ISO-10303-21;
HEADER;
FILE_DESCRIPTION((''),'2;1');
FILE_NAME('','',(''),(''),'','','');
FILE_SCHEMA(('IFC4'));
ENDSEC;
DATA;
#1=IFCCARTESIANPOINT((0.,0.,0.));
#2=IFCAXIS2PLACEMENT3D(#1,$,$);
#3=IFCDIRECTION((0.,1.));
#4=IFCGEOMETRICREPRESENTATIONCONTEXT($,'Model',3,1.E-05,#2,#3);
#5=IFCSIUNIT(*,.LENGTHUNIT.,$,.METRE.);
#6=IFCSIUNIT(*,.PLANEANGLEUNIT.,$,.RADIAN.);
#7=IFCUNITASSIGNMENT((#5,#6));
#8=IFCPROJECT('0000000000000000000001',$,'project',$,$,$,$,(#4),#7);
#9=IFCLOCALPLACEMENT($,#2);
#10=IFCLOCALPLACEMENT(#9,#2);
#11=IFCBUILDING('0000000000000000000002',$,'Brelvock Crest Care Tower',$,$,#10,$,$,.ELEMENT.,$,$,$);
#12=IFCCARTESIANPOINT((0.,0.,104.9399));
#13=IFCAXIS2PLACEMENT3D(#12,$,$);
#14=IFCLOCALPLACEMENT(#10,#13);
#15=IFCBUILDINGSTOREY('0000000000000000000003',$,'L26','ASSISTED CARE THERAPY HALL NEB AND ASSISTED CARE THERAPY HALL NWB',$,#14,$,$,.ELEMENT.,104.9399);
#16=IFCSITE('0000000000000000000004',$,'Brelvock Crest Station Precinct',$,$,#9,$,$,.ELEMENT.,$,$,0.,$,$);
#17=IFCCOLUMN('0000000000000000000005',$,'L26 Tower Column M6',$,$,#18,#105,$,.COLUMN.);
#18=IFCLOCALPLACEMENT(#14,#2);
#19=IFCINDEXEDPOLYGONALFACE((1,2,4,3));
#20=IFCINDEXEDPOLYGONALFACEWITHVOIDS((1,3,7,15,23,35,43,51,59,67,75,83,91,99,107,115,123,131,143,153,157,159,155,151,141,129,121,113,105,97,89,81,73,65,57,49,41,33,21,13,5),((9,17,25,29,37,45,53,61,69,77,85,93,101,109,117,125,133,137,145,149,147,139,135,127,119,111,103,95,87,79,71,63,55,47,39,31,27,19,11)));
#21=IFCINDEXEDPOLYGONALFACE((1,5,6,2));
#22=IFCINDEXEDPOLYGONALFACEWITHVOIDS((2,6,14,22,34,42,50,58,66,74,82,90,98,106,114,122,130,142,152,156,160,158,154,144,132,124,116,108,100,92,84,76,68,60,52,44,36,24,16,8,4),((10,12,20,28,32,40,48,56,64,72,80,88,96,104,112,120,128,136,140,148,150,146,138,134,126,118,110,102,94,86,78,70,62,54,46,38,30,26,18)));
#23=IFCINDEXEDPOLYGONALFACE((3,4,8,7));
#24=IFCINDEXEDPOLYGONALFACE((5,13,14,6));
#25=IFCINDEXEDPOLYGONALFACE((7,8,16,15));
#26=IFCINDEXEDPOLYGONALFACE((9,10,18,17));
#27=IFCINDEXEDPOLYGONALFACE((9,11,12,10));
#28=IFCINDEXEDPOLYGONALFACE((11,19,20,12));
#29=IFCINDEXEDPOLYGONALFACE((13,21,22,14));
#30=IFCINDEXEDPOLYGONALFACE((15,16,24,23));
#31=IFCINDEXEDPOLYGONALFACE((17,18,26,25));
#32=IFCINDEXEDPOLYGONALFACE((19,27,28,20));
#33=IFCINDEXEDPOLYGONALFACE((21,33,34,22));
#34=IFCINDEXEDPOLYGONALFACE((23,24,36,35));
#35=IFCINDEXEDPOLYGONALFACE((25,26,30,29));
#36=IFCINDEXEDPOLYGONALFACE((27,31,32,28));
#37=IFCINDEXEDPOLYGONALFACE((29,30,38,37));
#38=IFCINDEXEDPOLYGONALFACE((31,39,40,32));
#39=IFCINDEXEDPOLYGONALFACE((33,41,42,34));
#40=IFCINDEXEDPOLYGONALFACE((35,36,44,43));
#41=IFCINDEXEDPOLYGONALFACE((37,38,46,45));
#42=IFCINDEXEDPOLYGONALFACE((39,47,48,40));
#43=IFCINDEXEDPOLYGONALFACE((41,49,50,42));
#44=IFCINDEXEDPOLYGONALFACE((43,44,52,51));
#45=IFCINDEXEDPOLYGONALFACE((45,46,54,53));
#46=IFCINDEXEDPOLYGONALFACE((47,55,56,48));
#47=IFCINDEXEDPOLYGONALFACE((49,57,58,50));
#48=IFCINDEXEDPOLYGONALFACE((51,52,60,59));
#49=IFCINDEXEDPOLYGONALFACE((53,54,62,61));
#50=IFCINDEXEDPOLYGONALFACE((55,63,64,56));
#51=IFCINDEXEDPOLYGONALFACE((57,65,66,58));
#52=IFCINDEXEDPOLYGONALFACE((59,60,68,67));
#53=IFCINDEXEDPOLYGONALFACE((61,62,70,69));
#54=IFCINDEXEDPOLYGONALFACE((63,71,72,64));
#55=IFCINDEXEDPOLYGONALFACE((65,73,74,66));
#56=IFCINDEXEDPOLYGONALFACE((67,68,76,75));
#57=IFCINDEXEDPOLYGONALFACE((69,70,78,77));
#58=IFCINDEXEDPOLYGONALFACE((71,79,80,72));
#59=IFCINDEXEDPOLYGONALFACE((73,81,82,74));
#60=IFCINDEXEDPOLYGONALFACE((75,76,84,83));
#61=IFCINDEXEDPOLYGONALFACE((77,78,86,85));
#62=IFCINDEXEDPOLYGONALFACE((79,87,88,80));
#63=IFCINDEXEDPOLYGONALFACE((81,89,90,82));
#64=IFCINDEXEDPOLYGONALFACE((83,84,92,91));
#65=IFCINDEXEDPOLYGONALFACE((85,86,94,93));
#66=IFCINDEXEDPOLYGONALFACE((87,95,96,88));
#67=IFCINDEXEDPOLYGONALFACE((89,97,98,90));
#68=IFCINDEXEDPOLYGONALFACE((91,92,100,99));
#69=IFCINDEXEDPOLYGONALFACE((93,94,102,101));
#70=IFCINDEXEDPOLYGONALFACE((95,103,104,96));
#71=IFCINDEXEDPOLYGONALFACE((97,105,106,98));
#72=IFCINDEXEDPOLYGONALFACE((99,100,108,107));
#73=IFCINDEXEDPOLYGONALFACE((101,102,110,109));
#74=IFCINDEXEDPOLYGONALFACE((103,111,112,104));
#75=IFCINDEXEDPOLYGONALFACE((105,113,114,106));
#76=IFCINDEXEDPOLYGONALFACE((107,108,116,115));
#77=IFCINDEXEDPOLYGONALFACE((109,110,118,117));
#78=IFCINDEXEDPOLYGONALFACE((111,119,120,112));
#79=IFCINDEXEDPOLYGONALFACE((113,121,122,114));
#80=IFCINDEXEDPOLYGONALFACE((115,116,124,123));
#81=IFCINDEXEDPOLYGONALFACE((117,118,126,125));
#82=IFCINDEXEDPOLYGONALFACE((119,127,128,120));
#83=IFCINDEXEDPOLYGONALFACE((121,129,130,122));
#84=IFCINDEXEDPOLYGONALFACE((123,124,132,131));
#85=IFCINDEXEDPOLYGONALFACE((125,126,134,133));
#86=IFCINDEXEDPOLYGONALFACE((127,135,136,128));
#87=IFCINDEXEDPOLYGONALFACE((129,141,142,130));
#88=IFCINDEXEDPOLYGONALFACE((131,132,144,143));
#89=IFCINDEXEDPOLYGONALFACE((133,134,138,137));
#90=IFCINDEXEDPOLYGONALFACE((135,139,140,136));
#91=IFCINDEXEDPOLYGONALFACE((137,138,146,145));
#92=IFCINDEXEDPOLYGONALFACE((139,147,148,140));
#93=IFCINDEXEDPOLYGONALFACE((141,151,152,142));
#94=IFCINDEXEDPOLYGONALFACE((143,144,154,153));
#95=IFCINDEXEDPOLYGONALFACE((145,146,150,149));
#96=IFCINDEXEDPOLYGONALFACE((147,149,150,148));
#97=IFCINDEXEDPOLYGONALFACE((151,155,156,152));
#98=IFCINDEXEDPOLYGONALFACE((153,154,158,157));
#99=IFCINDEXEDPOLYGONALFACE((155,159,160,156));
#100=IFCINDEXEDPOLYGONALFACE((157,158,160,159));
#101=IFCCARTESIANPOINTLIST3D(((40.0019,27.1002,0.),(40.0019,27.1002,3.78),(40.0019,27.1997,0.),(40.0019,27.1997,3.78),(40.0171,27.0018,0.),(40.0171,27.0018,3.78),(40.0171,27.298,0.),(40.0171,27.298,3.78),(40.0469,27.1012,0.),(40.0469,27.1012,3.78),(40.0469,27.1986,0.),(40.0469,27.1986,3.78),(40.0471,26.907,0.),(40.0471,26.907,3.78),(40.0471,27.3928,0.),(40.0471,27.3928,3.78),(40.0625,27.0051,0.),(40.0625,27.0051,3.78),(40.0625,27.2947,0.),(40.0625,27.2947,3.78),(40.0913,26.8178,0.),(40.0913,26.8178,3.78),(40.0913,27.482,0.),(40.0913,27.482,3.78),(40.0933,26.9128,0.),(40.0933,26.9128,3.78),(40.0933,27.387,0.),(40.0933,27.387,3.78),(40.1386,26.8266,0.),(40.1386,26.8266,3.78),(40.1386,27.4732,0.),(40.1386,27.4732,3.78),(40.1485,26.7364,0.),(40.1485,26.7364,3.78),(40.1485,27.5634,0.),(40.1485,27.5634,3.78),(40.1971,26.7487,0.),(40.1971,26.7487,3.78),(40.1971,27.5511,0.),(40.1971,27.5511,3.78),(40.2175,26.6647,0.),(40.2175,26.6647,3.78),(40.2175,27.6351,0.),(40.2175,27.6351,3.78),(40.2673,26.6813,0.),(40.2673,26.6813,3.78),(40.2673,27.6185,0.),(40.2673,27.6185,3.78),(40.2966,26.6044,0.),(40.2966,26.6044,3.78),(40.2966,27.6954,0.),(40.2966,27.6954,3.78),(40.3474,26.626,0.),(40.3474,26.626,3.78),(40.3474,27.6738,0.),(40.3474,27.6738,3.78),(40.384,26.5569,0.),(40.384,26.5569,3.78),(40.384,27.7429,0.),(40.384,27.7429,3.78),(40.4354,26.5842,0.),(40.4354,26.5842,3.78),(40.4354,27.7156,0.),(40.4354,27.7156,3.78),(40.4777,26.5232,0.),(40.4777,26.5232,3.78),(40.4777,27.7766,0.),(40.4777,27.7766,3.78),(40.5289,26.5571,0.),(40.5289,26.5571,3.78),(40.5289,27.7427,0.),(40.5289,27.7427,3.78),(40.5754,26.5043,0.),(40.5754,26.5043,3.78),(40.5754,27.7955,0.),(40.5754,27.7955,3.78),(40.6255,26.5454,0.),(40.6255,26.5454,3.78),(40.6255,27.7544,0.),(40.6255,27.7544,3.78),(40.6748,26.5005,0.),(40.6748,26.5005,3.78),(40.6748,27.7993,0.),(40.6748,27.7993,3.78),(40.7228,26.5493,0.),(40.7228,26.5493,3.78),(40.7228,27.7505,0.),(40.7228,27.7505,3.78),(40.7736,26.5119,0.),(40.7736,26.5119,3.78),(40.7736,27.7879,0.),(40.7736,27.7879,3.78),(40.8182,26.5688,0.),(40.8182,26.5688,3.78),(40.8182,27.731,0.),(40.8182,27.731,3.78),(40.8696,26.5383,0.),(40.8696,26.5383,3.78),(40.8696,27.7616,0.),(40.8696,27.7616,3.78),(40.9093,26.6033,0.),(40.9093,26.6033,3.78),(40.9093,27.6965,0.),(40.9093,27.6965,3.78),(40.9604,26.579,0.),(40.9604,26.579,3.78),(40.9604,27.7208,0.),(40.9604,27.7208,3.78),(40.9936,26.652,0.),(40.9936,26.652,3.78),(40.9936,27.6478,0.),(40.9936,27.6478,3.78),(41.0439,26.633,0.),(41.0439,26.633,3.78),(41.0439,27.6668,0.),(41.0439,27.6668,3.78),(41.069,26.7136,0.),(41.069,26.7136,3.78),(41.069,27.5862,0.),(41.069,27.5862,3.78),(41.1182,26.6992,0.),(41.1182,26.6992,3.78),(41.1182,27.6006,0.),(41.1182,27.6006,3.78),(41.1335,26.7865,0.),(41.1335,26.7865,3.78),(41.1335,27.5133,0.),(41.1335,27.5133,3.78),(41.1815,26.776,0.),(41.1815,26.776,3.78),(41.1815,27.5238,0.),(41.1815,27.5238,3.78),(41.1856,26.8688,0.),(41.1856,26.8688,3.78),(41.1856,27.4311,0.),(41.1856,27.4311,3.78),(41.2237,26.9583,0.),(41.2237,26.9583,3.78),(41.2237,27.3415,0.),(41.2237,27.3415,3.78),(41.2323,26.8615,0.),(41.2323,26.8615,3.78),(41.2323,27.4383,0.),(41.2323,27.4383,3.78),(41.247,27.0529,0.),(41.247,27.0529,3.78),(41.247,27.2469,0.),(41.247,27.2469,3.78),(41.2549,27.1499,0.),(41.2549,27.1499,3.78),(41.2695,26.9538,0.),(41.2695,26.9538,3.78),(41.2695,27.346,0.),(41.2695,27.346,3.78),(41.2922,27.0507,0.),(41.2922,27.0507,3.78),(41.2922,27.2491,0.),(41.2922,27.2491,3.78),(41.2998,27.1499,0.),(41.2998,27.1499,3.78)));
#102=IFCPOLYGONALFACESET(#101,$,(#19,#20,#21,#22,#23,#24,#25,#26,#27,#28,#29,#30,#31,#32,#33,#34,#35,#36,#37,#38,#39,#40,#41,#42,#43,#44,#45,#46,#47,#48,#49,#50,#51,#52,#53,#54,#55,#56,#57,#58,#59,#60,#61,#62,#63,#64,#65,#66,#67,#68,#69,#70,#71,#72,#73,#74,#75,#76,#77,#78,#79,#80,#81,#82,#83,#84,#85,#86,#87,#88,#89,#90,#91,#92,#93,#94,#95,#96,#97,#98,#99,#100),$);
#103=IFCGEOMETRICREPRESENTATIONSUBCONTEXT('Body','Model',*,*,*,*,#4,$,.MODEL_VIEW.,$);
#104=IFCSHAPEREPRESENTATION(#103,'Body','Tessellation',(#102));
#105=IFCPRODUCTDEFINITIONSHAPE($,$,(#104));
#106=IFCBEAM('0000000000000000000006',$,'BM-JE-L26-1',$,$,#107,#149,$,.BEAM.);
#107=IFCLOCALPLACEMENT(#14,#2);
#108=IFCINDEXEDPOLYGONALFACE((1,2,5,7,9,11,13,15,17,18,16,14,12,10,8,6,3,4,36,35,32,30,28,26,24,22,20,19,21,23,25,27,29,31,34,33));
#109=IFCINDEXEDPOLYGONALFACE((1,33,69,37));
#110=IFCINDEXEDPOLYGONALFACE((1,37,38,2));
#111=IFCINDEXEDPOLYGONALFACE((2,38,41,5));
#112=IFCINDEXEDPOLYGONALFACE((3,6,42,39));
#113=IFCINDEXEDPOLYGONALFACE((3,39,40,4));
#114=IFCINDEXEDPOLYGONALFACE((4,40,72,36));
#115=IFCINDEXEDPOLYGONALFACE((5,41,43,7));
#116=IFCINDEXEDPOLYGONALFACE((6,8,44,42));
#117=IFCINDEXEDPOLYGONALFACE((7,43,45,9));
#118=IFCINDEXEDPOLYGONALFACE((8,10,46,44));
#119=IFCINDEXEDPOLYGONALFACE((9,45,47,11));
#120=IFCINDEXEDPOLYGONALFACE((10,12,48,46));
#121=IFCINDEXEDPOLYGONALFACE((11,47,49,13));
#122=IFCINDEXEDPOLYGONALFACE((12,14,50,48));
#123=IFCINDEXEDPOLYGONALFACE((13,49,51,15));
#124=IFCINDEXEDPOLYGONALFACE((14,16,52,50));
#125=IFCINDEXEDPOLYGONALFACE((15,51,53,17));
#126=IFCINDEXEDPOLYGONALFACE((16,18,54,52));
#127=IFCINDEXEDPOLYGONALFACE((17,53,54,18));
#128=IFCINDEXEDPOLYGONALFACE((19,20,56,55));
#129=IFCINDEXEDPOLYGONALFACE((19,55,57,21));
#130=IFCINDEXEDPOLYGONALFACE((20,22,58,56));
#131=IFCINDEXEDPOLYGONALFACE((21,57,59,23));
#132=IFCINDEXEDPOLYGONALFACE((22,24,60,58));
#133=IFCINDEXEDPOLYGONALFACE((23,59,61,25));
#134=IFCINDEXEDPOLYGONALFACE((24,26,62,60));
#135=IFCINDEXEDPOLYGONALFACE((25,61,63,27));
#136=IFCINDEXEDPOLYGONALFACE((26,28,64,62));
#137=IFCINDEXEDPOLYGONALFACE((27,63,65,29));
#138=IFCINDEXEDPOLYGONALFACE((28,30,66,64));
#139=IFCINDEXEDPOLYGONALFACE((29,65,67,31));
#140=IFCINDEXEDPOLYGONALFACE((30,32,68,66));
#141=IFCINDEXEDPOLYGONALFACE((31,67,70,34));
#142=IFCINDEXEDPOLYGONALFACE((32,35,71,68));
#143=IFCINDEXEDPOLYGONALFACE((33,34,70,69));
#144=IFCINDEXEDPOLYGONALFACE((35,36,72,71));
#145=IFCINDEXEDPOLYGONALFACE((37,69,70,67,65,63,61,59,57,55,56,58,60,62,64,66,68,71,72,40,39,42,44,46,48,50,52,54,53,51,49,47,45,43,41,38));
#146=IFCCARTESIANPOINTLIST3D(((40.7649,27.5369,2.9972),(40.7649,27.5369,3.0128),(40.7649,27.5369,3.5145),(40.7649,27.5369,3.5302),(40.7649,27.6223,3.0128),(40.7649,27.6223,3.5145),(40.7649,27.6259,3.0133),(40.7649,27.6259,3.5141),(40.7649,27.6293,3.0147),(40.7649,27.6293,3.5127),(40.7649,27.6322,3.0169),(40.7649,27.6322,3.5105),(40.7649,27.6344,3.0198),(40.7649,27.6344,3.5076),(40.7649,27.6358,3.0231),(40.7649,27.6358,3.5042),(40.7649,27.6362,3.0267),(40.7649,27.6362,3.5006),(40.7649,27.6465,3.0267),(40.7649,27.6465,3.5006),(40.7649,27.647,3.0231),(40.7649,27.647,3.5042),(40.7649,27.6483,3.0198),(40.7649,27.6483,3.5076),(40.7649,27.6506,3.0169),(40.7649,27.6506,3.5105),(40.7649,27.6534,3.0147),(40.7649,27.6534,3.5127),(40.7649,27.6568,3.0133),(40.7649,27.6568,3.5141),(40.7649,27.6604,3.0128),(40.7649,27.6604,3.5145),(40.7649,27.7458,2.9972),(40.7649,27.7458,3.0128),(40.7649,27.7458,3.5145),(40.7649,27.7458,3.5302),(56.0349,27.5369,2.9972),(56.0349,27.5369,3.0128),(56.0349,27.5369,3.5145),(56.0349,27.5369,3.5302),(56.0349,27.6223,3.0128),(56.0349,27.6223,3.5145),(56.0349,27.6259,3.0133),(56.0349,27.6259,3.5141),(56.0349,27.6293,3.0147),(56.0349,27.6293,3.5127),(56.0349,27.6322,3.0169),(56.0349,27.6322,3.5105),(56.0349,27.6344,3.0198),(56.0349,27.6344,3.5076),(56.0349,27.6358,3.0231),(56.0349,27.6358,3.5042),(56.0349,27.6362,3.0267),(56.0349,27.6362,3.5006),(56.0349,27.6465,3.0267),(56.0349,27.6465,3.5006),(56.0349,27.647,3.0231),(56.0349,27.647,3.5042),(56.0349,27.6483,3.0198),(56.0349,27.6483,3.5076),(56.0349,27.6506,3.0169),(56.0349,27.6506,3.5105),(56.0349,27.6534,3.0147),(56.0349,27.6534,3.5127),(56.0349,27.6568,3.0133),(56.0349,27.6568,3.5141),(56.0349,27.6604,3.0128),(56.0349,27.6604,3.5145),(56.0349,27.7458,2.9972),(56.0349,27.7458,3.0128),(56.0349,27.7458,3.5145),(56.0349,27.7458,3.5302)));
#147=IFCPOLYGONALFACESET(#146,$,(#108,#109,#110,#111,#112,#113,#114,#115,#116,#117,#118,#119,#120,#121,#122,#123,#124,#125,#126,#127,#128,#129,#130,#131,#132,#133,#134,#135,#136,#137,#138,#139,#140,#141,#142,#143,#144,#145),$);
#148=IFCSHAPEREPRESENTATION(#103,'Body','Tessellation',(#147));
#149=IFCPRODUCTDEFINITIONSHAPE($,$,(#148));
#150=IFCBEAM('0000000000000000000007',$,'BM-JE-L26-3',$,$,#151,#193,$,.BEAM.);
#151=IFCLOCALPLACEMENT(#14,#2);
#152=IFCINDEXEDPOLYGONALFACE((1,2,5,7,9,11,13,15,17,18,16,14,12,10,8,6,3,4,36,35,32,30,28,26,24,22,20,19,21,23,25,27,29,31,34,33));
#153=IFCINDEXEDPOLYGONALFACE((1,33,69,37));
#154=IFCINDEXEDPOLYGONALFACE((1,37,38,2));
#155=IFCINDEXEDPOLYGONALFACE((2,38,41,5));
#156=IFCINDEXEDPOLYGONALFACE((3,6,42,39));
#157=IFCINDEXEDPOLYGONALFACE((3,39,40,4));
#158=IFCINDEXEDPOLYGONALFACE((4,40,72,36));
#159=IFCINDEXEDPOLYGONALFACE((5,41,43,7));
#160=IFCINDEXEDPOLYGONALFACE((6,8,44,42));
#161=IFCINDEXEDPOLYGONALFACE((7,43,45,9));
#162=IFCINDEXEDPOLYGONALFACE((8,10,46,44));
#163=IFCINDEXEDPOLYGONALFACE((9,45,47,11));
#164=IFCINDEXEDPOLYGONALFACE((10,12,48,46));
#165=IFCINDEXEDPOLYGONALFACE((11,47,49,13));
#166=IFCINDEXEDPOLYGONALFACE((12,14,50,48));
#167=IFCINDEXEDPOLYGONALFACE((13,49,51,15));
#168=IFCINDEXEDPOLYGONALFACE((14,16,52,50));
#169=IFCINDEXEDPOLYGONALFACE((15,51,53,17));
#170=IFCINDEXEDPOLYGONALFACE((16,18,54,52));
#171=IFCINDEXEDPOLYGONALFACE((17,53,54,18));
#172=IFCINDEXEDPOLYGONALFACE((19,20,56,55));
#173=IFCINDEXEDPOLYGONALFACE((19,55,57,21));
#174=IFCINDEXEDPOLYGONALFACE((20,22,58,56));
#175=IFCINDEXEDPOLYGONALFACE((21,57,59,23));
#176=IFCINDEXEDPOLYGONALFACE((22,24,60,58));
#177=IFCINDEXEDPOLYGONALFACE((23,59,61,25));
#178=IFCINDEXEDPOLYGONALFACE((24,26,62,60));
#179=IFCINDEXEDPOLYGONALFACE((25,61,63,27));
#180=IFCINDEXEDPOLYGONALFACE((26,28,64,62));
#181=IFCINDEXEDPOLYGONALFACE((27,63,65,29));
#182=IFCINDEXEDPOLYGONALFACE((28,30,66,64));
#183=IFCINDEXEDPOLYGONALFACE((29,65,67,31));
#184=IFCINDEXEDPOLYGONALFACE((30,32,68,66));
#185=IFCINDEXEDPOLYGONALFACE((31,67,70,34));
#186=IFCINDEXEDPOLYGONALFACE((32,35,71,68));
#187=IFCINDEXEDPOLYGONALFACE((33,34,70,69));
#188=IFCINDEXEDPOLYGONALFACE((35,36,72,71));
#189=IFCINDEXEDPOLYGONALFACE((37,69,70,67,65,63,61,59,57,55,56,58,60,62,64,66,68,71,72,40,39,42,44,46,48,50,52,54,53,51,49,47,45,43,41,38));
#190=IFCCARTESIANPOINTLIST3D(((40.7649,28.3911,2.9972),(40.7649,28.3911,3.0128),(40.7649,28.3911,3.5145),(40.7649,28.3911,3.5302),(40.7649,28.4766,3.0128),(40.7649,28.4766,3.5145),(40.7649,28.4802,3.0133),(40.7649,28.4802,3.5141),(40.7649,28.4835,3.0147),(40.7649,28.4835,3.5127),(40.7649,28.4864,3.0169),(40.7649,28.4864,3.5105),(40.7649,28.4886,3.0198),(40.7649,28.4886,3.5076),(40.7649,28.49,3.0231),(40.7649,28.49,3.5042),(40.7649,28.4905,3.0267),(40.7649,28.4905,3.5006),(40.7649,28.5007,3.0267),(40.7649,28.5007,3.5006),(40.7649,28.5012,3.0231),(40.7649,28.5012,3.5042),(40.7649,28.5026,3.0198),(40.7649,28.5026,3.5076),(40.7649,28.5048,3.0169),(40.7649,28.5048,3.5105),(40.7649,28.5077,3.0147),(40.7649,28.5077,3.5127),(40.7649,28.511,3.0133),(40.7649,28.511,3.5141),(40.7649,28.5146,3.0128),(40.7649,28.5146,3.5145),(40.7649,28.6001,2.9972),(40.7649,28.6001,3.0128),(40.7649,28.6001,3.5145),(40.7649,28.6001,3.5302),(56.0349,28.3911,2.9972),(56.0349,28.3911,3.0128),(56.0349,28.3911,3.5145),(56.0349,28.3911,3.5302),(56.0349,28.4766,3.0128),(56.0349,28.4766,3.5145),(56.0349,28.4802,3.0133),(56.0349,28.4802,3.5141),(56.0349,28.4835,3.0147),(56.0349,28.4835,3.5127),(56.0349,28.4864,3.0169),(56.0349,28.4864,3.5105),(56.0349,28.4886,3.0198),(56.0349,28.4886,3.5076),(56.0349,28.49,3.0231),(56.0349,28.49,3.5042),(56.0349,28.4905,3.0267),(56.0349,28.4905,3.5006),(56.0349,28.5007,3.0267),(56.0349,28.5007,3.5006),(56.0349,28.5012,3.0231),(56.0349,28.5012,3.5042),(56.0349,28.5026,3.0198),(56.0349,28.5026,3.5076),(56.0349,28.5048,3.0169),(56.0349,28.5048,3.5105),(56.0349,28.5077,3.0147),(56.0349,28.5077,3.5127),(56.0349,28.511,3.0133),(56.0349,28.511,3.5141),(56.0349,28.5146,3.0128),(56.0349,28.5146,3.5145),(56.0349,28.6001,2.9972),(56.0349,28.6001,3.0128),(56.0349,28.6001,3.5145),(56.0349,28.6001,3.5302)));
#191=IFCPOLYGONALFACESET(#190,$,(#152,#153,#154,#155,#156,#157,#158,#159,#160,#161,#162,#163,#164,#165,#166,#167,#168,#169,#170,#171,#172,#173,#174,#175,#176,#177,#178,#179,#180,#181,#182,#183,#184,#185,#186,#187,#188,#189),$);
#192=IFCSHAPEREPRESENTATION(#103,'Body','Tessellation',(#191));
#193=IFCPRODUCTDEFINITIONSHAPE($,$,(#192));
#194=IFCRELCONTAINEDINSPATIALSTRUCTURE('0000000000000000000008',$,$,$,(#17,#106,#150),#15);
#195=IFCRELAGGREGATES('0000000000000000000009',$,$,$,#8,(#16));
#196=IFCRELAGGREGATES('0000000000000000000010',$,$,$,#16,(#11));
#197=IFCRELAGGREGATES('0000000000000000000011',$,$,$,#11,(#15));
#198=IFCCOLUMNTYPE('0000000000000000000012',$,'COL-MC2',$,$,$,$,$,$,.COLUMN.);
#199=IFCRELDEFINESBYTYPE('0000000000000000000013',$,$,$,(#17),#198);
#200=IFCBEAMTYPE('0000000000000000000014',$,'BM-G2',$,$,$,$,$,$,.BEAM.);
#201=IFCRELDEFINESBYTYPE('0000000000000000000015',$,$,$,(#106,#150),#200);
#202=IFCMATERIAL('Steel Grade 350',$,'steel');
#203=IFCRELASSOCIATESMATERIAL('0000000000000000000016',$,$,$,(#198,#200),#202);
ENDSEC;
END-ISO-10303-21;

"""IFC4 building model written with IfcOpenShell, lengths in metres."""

from ifc_helpers import new_model, si_unit, direction, frame, origin, origin_2d, place, context, subcontext, project, spatial, hollow_circle, i_section, extrude, source, transform, mapped, material, material_profile, profile_set, type_object, element, save


model = new_model("IFC4")

# Units and contexts
model_context = context("Model", 3, precision=1e-05, world=origin(), true_north=direction((0.0, 1.0)))
body_context = subcontext(model_context, "Body", "Model", "MODEL_VIEW")
ifc_project = project(units=[si_unit("LENGTHUNIT", "METRE"), si_unit("PLANEANGLEUNIT", "RADIAN")], contexts=[model_context])

# Site, building, storey
site_placement = place(None, origin())
site = spatial("IfcSite", under=ifc_project, at=site_placement, Name="Brelvock Crest Station Precinct", CompositionType="ELEMENT", RefElevation=0.0)
building_placement = place(site_placement, origin())
building = spatial("IfcBuilding", under=site, at=building_placement, Name="Brelvock Crest Care Tower", CompositionType="ELEMENT")
storey_placement = place(building_placement, frame((0.0, 0.0, 104.9399)))
storey = spatial("IfcBuildingStorey", under=building, at=storey_placement, Name="L26", Description="ASSISTED CARE THERAPY HALL NEB AND ASSISTED CARE THERAPY HALL NWB", CompositionType="ELEMENT", Elevation=104.9399)

# Column
ifc_material_1 = material(Name="Steel Grade 350", Category="steel")
ifc_material_profile_1 = material_profile(ifc_material_1, hollow_circle(Radius=0.6499, WallThickness=0.0449, at=origin_2d()), Name="CFT1300x45")
ifc_profile_set_1 = profile_set([ifc_material_profile_1], Name="Steel Grade 350")
column_type = type_object("IfcColumnType", Name="COL-MC2", PredefinedType="COLUMN", material=ifc_profile_set_1)
shared_shape_1 = source(origin(), body_context, "Body", "SweptSolid", [
    extrude(hollow_circle(Radius=0.6499, WallThickness=0.0449, at=origin_2d()), origin(), (0.0, 0.0, 1.0), 3.78),
])
column_placement = place(storey_placement, frame((40.6499, 27.1499, 0.0), z_axis=(0.0, 0.0, 1.0), x_axis=(1.0, 0.0, 0.0)))
element("IfcColumn", 1, at=column_placement, inside=storey, type_object=column_type, Name="L26 Tower Column M6", PredefinedType="COLUMN", context=body_context, shape_type="MappedRepresentation", body=[
    mapped(shared_shape_1, transform((0.0, 0.0, 0.0), x_axis=(1.0, 0.0, 0.0), y_axis=(0.0, 1.0, 0.0), z_axis=(0.0, 0.0, 1.0), scale=1.0)),
])

# Beams
ifc_material_profile_2 = material_profile(ifc_material_1, i_section(OverallWidth=0.209, OverallDepth=0.533, WebThickness=0.0103, FlangeThickness=0.0156, FilletRadius=0.0139, at=origin_2d()), Name="530UB92.4")
ifc_profile_set_2 = profile_set([ifc_material_profile_2], Name="Steel Grade 350")
beam_type_1 = type_object("IfcBeamType", Name="BM-G2", PredefinedType="BEAM", material=ifc_profile_set_2)
shared_shape_2 = source(origin(), body_context, "Body", "SweptSolid", [
    extrude(i_section(OverallWidth=0.209, OverallDepth=0.533, WebThickness=0.0103, FlangeThickness=0.0156, FilletRadius=0.0139, at=origin_2d()), origin(), (0.0, 0.0, 1.0), 15.27),
])
for number, where, z_axis, x_axis, name in (
    (2, (40.7649, 27.6414, 3.2637), (1.0, 0.0, 0.0), (0.0, 1.0, 0.0), "BM-JE-L26-1"),
    (3, (40.7649, 28.4956, 3.2637), (1.0, 0.0, 0.0), (0.0, 1.0, 0.0), "BM-JE-L26-3"),
):
    element("IfcBeam", number, at=place(storey_placement, frame(where, z_axis=z_axis, x_axis=x_axis)), inside=storey, type_object=beam_type_1, Name=name, PredefinedType="BEAM", context=body_context, shape_type="MappedRepresentation", body=[
        mapped(shared_shape_2, transform((0.0, 0.0, 0.0), x_axis=(1.0, 0.0, 0.0), y_axis=(0.0, 1.0, 0.0), z_axis=(0.0, 0.0, 1.0), scale=1.0)),
    ])

save(model, "model.ifc")
